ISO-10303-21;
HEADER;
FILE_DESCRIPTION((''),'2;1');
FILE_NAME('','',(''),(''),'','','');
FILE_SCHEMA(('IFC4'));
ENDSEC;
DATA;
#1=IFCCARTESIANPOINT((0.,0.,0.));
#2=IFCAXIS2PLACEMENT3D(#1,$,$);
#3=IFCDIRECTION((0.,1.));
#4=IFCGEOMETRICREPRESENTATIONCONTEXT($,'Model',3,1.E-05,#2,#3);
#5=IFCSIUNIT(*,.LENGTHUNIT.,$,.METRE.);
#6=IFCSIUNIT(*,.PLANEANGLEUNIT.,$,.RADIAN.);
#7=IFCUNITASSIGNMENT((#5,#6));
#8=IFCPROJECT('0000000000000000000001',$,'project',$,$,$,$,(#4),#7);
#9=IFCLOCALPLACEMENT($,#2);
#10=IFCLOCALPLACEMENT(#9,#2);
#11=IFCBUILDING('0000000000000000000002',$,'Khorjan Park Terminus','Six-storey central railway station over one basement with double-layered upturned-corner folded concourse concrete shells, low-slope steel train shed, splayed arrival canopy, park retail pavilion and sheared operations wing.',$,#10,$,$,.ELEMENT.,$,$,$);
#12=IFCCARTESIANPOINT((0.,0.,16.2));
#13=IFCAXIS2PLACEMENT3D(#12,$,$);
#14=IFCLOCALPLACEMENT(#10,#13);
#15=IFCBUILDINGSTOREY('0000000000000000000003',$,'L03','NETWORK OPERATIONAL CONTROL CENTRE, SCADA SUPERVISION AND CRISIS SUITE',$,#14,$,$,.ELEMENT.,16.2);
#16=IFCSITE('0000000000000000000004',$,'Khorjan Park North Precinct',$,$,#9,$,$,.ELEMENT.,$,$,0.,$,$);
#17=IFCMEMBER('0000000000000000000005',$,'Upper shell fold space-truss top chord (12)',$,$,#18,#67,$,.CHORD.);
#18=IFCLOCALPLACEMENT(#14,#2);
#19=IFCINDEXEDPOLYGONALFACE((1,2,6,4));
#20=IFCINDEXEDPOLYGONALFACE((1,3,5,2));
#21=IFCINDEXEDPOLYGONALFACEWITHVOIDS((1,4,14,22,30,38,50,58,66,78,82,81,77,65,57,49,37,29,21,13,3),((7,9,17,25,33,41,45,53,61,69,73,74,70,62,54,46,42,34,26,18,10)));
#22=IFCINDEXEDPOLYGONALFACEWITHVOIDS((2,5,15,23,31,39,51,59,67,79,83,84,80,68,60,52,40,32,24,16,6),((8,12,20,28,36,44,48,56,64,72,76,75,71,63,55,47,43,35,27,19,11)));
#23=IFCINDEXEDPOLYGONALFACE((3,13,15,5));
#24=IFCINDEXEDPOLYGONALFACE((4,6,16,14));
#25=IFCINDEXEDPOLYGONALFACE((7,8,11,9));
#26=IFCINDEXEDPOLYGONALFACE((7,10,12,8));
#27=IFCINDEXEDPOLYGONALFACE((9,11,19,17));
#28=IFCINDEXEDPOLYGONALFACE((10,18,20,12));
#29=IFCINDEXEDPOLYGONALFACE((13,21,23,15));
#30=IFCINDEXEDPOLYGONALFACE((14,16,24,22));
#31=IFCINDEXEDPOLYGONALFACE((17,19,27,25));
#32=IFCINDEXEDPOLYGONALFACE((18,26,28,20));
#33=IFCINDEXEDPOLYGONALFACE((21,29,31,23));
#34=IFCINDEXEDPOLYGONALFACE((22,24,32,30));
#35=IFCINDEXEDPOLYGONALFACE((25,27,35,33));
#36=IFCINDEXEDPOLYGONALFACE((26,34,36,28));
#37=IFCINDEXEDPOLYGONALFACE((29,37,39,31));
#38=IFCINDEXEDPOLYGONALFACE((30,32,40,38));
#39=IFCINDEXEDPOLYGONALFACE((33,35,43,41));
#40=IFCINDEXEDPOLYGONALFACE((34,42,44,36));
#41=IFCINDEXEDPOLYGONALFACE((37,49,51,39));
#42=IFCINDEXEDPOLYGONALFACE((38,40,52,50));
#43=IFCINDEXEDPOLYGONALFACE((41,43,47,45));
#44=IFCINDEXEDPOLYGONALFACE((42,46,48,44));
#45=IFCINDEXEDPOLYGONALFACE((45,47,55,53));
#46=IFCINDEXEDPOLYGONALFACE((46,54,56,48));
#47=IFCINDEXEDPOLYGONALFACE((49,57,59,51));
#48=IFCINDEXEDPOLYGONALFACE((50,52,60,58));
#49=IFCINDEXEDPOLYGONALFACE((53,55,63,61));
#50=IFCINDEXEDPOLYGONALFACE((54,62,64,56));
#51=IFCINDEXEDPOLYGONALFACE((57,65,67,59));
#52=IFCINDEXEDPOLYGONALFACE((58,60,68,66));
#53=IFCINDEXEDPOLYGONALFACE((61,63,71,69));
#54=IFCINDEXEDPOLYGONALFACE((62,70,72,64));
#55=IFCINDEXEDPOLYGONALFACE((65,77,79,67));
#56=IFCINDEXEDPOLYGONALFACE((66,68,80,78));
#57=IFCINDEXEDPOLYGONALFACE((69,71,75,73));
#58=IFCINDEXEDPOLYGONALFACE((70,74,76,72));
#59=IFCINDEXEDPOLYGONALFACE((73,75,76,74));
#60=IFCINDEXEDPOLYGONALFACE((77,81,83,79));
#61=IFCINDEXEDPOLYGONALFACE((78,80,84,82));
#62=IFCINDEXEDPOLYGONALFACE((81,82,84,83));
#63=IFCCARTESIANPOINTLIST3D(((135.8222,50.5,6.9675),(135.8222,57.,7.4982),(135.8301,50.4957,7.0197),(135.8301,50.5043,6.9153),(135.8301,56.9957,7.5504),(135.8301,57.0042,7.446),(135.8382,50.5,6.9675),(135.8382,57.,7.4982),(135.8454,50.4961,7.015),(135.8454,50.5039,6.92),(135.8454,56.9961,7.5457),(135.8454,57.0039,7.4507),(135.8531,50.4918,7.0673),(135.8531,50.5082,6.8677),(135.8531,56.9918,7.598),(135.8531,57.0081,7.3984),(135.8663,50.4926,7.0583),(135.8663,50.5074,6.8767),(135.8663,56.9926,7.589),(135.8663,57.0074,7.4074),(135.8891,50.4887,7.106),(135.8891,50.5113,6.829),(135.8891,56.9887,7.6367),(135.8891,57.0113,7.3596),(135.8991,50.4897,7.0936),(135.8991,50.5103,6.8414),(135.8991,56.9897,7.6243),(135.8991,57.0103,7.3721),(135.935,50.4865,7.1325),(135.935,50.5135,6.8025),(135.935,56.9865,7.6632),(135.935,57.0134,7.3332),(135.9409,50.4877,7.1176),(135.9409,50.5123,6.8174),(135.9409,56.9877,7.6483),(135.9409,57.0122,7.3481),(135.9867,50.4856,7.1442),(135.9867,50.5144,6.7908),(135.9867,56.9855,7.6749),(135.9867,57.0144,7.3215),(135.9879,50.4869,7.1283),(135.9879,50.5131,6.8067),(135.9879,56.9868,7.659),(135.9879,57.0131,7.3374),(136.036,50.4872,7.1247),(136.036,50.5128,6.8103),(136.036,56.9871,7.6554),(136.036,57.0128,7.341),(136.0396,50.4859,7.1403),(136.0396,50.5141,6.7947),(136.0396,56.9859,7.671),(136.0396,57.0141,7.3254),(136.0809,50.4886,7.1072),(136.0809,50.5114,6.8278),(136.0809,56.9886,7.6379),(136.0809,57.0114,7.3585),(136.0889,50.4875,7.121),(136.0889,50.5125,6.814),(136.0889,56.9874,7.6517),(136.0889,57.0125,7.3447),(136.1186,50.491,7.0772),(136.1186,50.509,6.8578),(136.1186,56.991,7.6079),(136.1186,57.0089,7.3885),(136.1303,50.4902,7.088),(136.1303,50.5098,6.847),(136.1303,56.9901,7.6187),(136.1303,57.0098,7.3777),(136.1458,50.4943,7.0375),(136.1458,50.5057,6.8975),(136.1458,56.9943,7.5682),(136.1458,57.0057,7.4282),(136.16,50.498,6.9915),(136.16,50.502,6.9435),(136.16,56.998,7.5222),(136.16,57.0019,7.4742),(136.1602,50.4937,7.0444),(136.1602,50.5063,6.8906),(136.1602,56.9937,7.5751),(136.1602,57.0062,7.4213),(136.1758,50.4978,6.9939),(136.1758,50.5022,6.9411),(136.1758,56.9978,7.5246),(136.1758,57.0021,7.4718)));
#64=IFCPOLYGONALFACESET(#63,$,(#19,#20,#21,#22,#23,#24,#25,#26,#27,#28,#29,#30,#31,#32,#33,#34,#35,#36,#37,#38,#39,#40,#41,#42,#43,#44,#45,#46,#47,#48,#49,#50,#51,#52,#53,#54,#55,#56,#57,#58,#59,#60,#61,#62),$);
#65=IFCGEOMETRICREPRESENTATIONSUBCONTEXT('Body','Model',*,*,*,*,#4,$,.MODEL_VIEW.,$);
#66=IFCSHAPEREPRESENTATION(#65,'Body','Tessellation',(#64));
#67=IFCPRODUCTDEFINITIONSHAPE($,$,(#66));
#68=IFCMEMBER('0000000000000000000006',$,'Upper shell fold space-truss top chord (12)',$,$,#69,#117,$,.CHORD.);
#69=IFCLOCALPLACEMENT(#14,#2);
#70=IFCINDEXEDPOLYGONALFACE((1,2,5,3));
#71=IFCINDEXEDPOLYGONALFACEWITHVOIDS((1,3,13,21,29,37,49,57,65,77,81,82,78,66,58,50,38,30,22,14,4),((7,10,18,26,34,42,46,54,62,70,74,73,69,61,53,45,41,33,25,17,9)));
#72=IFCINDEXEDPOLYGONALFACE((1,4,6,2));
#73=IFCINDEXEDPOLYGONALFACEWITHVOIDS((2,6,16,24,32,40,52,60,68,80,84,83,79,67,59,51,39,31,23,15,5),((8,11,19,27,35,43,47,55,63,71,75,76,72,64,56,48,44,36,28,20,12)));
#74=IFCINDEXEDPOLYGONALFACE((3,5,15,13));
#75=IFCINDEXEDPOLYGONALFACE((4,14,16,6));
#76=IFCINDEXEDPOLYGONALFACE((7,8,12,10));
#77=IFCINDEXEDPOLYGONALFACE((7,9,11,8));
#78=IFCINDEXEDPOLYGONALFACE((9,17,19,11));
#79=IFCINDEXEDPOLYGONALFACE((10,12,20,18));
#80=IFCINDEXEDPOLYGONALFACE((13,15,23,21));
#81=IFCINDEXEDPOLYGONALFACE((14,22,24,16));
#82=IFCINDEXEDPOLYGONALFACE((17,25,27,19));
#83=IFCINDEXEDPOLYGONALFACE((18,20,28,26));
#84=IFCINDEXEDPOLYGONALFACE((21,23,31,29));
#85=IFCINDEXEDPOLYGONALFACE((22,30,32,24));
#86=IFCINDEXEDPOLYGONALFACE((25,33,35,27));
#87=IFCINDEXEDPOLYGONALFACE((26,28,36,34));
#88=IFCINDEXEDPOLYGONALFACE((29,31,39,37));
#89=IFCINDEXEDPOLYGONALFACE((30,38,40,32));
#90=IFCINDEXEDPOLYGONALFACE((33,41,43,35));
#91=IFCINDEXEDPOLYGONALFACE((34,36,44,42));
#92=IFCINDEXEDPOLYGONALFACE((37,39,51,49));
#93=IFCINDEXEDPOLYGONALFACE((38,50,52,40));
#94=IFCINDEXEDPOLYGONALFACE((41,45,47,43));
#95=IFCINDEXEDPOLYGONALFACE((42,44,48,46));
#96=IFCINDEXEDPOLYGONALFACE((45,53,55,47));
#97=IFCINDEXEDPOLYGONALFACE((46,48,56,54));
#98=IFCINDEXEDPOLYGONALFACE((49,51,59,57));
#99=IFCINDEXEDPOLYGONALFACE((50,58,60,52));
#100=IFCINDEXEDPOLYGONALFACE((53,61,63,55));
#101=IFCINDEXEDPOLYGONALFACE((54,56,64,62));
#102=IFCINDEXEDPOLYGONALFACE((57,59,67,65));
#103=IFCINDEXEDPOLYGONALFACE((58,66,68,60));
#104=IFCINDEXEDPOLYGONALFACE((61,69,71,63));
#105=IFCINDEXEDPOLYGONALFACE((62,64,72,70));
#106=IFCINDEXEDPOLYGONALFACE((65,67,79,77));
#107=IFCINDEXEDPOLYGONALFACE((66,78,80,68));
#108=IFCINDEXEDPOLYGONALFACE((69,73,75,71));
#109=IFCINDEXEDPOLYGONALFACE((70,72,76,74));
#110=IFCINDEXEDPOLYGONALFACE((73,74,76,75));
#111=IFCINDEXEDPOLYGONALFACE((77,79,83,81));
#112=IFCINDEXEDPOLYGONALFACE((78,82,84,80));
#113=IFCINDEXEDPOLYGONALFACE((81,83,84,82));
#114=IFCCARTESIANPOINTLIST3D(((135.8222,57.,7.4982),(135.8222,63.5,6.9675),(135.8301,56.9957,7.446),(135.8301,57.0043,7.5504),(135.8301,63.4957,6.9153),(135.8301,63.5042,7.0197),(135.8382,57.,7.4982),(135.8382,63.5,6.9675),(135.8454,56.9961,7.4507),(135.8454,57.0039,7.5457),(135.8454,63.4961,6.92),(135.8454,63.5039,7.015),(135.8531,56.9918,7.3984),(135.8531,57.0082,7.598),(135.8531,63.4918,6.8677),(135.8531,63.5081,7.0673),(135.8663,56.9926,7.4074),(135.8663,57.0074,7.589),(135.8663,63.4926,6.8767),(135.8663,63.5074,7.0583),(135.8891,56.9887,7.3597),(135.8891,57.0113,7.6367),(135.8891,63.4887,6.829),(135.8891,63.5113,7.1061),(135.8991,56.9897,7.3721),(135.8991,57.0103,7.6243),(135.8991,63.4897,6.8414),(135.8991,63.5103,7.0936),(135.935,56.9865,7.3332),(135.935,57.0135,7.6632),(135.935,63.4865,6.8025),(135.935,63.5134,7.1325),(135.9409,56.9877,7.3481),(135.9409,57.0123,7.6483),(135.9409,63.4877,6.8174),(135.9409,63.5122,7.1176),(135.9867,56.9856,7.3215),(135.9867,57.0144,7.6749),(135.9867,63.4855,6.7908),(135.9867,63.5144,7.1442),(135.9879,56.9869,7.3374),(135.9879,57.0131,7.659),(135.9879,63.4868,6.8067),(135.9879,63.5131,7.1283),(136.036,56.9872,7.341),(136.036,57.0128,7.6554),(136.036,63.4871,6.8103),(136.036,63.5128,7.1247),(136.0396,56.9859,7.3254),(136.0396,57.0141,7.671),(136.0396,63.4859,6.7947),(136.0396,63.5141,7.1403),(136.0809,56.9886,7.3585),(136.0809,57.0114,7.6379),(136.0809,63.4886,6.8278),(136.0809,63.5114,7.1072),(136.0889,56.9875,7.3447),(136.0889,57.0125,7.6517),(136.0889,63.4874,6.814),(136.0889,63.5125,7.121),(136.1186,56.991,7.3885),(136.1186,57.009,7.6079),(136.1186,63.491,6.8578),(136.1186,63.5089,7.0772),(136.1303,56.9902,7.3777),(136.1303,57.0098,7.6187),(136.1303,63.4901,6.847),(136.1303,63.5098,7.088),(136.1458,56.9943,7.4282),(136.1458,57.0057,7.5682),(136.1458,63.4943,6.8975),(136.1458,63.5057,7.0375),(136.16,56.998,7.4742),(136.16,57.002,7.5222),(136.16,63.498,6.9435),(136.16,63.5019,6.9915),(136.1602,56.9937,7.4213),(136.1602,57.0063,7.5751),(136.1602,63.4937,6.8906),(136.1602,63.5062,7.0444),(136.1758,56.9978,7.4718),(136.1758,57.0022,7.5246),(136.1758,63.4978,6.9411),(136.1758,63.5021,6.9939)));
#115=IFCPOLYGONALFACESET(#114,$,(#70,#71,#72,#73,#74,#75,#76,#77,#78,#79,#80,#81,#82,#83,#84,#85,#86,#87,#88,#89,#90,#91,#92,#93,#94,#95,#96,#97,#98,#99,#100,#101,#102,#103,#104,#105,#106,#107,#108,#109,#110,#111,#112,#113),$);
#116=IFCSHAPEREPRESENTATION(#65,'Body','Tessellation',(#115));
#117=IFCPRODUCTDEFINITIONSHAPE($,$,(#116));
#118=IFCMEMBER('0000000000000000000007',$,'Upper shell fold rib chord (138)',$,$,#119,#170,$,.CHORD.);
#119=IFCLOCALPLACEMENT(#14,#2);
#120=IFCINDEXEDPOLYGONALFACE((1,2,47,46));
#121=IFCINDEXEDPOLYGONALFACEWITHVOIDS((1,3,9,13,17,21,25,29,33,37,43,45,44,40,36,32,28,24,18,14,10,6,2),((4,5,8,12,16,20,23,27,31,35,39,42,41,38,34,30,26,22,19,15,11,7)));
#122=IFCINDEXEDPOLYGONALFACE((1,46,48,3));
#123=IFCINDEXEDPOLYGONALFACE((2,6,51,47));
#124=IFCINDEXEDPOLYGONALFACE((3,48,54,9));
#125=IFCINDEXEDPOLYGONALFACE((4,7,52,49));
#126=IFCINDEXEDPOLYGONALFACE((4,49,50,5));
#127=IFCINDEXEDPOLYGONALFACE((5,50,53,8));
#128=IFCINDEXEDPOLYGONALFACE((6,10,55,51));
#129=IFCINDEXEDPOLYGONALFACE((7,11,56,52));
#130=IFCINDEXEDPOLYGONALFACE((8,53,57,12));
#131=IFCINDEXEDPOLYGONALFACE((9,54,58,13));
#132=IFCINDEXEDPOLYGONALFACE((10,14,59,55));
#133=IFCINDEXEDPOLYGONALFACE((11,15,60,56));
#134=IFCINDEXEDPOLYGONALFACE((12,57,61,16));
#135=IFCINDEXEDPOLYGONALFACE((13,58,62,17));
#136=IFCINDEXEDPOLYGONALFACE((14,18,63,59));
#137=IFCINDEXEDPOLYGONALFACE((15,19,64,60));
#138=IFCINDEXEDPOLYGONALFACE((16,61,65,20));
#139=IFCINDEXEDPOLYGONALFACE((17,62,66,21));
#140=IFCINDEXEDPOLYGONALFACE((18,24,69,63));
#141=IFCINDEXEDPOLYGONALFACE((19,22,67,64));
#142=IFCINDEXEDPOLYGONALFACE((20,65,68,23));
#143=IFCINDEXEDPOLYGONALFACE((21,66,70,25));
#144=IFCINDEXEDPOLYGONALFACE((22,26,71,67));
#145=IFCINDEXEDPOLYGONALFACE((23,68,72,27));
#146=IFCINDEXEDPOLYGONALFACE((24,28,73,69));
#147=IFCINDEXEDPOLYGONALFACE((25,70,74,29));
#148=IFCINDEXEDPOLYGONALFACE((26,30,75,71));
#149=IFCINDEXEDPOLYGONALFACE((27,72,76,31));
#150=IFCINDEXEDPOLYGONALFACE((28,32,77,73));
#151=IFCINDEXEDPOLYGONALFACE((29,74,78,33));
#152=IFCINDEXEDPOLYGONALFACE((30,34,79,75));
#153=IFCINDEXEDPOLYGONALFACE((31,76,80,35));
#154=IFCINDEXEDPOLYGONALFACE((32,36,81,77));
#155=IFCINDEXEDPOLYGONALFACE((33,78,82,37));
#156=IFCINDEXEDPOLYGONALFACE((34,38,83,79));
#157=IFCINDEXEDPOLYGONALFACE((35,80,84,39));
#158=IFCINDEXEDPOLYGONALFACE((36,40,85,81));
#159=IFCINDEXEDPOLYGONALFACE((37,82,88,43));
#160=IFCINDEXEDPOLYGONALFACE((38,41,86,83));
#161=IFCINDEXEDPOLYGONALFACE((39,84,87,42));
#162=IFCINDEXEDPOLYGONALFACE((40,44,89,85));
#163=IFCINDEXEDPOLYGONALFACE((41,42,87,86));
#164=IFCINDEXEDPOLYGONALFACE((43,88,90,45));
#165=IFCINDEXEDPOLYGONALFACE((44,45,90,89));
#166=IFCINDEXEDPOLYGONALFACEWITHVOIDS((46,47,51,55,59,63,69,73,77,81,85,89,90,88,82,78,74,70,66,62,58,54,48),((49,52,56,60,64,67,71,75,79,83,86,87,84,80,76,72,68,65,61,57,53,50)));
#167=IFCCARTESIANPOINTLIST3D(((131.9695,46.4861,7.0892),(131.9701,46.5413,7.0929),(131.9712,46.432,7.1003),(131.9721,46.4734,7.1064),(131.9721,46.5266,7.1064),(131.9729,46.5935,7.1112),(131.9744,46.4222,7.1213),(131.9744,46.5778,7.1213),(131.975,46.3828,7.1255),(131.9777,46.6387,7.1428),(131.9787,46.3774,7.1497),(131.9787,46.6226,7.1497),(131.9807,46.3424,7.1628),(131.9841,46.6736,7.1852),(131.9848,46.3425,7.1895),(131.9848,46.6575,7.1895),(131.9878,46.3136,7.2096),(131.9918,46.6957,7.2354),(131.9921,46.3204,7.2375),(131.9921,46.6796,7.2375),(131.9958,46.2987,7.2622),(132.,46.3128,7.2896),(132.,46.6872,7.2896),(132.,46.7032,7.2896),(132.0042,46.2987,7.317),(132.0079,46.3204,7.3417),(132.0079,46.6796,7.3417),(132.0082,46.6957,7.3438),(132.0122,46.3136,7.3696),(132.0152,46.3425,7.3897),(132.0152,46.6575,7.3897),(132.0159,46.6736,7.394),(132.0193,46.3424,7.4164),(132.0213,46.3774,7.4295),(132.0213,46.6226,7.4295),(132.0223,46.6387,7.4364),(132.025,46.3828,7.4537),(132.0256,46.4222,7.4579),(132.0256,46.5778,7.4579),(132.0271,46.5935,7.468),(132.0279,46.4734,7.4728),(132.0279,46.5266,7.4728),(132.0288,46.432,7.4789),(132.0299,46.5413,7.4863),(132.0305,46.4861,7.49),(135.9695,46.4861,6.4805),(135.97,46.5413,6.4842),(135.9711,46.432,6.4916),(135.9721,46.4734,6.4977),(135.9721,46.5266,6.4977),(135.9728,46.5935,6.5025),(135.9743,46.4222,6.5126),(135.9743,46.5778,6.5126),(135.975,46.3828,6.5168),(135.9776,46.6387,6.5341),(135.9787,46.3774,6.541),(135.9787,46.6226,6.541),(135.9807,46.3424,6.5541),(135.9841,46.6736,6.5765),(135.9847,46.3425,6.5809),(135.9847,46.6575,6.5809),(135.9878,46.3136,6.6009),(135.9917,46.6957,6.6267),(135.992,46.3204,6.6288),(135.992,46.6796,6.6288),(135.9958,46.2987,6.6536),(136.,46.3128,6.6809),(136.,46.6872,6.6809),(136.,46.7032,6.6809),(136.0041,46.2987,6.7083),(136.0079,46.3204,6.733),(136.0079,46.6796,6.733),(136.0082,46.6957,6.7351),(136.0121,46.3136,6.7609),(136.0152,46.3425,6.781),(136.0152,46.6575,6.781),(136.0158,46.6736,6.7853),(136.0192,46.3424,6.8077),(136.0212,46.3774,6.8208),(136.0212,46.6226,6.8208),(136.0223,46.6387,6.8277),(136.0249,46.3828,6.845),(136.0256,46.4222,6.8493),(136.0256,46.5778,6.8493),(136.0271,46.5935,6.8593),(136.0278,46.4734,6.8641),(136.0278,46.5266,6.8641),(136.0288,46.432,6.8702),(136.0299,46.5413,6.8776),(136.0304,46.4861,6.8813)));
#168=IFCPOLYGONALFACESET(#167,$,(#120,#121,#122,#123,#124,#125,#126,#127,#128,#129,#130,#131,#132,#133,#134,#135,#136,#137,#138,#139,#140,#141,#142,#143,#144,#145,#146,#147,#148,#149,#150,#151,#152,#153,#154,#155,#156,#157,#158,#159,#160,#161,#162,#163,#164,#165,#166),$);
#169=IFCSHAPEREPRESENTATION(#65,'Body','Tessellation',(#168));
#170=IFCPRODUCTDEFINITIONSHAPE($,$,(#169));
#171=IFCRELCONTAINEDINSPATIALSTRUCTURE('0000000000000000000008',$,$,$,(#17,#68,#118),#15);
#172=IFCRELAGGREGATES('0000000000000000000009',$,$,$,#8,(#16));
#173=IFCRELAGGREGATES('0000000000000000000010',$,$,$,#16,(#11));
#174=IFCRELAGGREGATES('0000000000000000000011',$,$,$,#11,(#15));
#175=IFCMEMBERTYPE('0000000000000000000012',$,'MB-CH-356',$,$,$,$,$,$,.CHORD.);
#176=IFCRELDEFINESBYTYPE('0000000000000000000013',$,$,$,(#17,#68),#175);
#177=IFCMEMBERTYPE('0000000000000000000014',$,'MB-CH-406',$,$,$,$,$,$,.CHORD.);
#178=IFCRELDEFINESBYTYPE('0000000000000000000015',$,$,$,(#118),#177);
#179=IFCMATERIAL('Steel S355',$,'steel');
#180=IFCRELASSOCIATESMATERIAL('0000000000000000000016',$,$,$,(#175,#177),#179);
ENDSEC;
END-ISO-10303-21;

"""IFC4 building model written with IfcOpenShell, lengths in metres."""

from ifc_helpers import new_model, si_unit, direction, frame, origin, origin_2d, place, context, subcontext, project, spatial, hollow_circle, extrude, material, material_profile, profile_set, type_object, element, save


model = new_model("IFC4")

# Units and contexts
model_context = context("Model", 3, precision=1e-05, world=origin(), true_north=direction((0.0, 1.0)))
body_context = subcontext(model_context, "Body", "Model", "MODEL_VIEW")
ifc_project = project(units=[si_unit("LENGTHUNIT", "METRE"), si_unit("PLANEANGLEUNIT", "RADIAN")], contexts=[model_context])

# Site, building, storey
site_placement = place(None, origin())
site = spatial("IfcSite", under=ifc_project, at=site_placement, Name="Khorjan Park North Precinct", CompositionType="ELEMENT", RefElevation=0.0)
building_placement = place(site_placement, origin())
building = spatial("IfcBuilding", under=site, at=building_placement, Name="Khorjan Park Terminus", Description="Six-storey central railway station over one basement with double-layered upturned-corner folded concourse concrete shells, low-slope steel train shed, splayed arrival canopy, park retail pavilion and sheared operations wing.", CompositionType="ELEMENT")
storey_placement = place(building_placement, frame((0.0, 0.0, 16.2)))
storey = spatial("IfcBuildingStorey", under=building, at=storey_placement, Name="L03", Description="NETWORK OPERATIONAL CONTROL CENTRE, SCADA SUPERVISION AND CRISIS SUITE", CompositionType="ELEMENT", Elevation=16.2)

# Members
ifc_material_1 = material(Name="Steel S355", Category="steel")
ifc_material_profile_1 = material_profile(ifc_material_1, hollow_circle(Radius=0.1778, WallThickness=0.016, at=origin_2d()), Name="CHS 355.6x16")
ifc_profile_set_1 = profile_set([ifc_material_profile_1], Name="Steel S355")
member_type_1 = type_object("IfcMemberType", Name="MB-CH-356", PredefinedType="CHORD", material=ifc_profile_set_1)
for number, where, z_axis, x_axis, name in (
    (1, (136.0, 50.5, 6.9675), (0.0, 0.996684, 0.081375), (-1.0, 0.0, 0.0), "Upper shell fold space-truss top chord (12)"),
    (2, (136.0, 57.0, 7.4982), (0.0, 0.996684, -0.081375), (-1.0, 0.0, 0.0), "Upper shell fold space-truss top chord (12)"),
):
    element("IfcMember", number, at=place(storey_placement, frame(where, z_axis=z_axis, x_axis=x_axis)), inside=storey, type_object=member_type_1, Name=name, PredefinedType="CHORD", context=body_context, shape_type="SweptSolid", body=[
        extrude(hollow_circle(Radius=0.1778, WallThickness=0.016, at=origin_2d()), origin(), (0.0, 0.0, 1.0), 6.5216),
    ])
ifc_material_profile_2 = material_profile(ifc_material_1, hollow_circle(Radius=0.2032, WallThickness=0.016, at=origin_2d()), Name="CHS 406.4x16")
ifc_profile_set_2 = profile_set([ifc_material_profile_2], Name="Steel S355")
member_type_2 = type_object("IfcMemberType", Name="MB-CH-406", PredefinedType="CHORD", material=ifc_profile_set_2)
member_1_placement = place(storey_placement, frame((132.0, 46.5, 7.2896), z_axis=(0.988619, 0.0, -0.150443), x_axis=(0.0, 1.0, 0.0)))
element("IfcMember", 3, at=member_1_placement, inside=storey, type_object=member_type_2, Name="Upper shell fold rib chord (138)", PredefinedType="CHORD", context=body_context, shape_type="SweptSolid", body=[
    extrude(hollow_circle(Radius=0.2032, WallThickness=0.016, at=origin_2d()), origin(), (0.0, 0.0, 1.0), 4.046),
])

save(model, "model.ifc")
